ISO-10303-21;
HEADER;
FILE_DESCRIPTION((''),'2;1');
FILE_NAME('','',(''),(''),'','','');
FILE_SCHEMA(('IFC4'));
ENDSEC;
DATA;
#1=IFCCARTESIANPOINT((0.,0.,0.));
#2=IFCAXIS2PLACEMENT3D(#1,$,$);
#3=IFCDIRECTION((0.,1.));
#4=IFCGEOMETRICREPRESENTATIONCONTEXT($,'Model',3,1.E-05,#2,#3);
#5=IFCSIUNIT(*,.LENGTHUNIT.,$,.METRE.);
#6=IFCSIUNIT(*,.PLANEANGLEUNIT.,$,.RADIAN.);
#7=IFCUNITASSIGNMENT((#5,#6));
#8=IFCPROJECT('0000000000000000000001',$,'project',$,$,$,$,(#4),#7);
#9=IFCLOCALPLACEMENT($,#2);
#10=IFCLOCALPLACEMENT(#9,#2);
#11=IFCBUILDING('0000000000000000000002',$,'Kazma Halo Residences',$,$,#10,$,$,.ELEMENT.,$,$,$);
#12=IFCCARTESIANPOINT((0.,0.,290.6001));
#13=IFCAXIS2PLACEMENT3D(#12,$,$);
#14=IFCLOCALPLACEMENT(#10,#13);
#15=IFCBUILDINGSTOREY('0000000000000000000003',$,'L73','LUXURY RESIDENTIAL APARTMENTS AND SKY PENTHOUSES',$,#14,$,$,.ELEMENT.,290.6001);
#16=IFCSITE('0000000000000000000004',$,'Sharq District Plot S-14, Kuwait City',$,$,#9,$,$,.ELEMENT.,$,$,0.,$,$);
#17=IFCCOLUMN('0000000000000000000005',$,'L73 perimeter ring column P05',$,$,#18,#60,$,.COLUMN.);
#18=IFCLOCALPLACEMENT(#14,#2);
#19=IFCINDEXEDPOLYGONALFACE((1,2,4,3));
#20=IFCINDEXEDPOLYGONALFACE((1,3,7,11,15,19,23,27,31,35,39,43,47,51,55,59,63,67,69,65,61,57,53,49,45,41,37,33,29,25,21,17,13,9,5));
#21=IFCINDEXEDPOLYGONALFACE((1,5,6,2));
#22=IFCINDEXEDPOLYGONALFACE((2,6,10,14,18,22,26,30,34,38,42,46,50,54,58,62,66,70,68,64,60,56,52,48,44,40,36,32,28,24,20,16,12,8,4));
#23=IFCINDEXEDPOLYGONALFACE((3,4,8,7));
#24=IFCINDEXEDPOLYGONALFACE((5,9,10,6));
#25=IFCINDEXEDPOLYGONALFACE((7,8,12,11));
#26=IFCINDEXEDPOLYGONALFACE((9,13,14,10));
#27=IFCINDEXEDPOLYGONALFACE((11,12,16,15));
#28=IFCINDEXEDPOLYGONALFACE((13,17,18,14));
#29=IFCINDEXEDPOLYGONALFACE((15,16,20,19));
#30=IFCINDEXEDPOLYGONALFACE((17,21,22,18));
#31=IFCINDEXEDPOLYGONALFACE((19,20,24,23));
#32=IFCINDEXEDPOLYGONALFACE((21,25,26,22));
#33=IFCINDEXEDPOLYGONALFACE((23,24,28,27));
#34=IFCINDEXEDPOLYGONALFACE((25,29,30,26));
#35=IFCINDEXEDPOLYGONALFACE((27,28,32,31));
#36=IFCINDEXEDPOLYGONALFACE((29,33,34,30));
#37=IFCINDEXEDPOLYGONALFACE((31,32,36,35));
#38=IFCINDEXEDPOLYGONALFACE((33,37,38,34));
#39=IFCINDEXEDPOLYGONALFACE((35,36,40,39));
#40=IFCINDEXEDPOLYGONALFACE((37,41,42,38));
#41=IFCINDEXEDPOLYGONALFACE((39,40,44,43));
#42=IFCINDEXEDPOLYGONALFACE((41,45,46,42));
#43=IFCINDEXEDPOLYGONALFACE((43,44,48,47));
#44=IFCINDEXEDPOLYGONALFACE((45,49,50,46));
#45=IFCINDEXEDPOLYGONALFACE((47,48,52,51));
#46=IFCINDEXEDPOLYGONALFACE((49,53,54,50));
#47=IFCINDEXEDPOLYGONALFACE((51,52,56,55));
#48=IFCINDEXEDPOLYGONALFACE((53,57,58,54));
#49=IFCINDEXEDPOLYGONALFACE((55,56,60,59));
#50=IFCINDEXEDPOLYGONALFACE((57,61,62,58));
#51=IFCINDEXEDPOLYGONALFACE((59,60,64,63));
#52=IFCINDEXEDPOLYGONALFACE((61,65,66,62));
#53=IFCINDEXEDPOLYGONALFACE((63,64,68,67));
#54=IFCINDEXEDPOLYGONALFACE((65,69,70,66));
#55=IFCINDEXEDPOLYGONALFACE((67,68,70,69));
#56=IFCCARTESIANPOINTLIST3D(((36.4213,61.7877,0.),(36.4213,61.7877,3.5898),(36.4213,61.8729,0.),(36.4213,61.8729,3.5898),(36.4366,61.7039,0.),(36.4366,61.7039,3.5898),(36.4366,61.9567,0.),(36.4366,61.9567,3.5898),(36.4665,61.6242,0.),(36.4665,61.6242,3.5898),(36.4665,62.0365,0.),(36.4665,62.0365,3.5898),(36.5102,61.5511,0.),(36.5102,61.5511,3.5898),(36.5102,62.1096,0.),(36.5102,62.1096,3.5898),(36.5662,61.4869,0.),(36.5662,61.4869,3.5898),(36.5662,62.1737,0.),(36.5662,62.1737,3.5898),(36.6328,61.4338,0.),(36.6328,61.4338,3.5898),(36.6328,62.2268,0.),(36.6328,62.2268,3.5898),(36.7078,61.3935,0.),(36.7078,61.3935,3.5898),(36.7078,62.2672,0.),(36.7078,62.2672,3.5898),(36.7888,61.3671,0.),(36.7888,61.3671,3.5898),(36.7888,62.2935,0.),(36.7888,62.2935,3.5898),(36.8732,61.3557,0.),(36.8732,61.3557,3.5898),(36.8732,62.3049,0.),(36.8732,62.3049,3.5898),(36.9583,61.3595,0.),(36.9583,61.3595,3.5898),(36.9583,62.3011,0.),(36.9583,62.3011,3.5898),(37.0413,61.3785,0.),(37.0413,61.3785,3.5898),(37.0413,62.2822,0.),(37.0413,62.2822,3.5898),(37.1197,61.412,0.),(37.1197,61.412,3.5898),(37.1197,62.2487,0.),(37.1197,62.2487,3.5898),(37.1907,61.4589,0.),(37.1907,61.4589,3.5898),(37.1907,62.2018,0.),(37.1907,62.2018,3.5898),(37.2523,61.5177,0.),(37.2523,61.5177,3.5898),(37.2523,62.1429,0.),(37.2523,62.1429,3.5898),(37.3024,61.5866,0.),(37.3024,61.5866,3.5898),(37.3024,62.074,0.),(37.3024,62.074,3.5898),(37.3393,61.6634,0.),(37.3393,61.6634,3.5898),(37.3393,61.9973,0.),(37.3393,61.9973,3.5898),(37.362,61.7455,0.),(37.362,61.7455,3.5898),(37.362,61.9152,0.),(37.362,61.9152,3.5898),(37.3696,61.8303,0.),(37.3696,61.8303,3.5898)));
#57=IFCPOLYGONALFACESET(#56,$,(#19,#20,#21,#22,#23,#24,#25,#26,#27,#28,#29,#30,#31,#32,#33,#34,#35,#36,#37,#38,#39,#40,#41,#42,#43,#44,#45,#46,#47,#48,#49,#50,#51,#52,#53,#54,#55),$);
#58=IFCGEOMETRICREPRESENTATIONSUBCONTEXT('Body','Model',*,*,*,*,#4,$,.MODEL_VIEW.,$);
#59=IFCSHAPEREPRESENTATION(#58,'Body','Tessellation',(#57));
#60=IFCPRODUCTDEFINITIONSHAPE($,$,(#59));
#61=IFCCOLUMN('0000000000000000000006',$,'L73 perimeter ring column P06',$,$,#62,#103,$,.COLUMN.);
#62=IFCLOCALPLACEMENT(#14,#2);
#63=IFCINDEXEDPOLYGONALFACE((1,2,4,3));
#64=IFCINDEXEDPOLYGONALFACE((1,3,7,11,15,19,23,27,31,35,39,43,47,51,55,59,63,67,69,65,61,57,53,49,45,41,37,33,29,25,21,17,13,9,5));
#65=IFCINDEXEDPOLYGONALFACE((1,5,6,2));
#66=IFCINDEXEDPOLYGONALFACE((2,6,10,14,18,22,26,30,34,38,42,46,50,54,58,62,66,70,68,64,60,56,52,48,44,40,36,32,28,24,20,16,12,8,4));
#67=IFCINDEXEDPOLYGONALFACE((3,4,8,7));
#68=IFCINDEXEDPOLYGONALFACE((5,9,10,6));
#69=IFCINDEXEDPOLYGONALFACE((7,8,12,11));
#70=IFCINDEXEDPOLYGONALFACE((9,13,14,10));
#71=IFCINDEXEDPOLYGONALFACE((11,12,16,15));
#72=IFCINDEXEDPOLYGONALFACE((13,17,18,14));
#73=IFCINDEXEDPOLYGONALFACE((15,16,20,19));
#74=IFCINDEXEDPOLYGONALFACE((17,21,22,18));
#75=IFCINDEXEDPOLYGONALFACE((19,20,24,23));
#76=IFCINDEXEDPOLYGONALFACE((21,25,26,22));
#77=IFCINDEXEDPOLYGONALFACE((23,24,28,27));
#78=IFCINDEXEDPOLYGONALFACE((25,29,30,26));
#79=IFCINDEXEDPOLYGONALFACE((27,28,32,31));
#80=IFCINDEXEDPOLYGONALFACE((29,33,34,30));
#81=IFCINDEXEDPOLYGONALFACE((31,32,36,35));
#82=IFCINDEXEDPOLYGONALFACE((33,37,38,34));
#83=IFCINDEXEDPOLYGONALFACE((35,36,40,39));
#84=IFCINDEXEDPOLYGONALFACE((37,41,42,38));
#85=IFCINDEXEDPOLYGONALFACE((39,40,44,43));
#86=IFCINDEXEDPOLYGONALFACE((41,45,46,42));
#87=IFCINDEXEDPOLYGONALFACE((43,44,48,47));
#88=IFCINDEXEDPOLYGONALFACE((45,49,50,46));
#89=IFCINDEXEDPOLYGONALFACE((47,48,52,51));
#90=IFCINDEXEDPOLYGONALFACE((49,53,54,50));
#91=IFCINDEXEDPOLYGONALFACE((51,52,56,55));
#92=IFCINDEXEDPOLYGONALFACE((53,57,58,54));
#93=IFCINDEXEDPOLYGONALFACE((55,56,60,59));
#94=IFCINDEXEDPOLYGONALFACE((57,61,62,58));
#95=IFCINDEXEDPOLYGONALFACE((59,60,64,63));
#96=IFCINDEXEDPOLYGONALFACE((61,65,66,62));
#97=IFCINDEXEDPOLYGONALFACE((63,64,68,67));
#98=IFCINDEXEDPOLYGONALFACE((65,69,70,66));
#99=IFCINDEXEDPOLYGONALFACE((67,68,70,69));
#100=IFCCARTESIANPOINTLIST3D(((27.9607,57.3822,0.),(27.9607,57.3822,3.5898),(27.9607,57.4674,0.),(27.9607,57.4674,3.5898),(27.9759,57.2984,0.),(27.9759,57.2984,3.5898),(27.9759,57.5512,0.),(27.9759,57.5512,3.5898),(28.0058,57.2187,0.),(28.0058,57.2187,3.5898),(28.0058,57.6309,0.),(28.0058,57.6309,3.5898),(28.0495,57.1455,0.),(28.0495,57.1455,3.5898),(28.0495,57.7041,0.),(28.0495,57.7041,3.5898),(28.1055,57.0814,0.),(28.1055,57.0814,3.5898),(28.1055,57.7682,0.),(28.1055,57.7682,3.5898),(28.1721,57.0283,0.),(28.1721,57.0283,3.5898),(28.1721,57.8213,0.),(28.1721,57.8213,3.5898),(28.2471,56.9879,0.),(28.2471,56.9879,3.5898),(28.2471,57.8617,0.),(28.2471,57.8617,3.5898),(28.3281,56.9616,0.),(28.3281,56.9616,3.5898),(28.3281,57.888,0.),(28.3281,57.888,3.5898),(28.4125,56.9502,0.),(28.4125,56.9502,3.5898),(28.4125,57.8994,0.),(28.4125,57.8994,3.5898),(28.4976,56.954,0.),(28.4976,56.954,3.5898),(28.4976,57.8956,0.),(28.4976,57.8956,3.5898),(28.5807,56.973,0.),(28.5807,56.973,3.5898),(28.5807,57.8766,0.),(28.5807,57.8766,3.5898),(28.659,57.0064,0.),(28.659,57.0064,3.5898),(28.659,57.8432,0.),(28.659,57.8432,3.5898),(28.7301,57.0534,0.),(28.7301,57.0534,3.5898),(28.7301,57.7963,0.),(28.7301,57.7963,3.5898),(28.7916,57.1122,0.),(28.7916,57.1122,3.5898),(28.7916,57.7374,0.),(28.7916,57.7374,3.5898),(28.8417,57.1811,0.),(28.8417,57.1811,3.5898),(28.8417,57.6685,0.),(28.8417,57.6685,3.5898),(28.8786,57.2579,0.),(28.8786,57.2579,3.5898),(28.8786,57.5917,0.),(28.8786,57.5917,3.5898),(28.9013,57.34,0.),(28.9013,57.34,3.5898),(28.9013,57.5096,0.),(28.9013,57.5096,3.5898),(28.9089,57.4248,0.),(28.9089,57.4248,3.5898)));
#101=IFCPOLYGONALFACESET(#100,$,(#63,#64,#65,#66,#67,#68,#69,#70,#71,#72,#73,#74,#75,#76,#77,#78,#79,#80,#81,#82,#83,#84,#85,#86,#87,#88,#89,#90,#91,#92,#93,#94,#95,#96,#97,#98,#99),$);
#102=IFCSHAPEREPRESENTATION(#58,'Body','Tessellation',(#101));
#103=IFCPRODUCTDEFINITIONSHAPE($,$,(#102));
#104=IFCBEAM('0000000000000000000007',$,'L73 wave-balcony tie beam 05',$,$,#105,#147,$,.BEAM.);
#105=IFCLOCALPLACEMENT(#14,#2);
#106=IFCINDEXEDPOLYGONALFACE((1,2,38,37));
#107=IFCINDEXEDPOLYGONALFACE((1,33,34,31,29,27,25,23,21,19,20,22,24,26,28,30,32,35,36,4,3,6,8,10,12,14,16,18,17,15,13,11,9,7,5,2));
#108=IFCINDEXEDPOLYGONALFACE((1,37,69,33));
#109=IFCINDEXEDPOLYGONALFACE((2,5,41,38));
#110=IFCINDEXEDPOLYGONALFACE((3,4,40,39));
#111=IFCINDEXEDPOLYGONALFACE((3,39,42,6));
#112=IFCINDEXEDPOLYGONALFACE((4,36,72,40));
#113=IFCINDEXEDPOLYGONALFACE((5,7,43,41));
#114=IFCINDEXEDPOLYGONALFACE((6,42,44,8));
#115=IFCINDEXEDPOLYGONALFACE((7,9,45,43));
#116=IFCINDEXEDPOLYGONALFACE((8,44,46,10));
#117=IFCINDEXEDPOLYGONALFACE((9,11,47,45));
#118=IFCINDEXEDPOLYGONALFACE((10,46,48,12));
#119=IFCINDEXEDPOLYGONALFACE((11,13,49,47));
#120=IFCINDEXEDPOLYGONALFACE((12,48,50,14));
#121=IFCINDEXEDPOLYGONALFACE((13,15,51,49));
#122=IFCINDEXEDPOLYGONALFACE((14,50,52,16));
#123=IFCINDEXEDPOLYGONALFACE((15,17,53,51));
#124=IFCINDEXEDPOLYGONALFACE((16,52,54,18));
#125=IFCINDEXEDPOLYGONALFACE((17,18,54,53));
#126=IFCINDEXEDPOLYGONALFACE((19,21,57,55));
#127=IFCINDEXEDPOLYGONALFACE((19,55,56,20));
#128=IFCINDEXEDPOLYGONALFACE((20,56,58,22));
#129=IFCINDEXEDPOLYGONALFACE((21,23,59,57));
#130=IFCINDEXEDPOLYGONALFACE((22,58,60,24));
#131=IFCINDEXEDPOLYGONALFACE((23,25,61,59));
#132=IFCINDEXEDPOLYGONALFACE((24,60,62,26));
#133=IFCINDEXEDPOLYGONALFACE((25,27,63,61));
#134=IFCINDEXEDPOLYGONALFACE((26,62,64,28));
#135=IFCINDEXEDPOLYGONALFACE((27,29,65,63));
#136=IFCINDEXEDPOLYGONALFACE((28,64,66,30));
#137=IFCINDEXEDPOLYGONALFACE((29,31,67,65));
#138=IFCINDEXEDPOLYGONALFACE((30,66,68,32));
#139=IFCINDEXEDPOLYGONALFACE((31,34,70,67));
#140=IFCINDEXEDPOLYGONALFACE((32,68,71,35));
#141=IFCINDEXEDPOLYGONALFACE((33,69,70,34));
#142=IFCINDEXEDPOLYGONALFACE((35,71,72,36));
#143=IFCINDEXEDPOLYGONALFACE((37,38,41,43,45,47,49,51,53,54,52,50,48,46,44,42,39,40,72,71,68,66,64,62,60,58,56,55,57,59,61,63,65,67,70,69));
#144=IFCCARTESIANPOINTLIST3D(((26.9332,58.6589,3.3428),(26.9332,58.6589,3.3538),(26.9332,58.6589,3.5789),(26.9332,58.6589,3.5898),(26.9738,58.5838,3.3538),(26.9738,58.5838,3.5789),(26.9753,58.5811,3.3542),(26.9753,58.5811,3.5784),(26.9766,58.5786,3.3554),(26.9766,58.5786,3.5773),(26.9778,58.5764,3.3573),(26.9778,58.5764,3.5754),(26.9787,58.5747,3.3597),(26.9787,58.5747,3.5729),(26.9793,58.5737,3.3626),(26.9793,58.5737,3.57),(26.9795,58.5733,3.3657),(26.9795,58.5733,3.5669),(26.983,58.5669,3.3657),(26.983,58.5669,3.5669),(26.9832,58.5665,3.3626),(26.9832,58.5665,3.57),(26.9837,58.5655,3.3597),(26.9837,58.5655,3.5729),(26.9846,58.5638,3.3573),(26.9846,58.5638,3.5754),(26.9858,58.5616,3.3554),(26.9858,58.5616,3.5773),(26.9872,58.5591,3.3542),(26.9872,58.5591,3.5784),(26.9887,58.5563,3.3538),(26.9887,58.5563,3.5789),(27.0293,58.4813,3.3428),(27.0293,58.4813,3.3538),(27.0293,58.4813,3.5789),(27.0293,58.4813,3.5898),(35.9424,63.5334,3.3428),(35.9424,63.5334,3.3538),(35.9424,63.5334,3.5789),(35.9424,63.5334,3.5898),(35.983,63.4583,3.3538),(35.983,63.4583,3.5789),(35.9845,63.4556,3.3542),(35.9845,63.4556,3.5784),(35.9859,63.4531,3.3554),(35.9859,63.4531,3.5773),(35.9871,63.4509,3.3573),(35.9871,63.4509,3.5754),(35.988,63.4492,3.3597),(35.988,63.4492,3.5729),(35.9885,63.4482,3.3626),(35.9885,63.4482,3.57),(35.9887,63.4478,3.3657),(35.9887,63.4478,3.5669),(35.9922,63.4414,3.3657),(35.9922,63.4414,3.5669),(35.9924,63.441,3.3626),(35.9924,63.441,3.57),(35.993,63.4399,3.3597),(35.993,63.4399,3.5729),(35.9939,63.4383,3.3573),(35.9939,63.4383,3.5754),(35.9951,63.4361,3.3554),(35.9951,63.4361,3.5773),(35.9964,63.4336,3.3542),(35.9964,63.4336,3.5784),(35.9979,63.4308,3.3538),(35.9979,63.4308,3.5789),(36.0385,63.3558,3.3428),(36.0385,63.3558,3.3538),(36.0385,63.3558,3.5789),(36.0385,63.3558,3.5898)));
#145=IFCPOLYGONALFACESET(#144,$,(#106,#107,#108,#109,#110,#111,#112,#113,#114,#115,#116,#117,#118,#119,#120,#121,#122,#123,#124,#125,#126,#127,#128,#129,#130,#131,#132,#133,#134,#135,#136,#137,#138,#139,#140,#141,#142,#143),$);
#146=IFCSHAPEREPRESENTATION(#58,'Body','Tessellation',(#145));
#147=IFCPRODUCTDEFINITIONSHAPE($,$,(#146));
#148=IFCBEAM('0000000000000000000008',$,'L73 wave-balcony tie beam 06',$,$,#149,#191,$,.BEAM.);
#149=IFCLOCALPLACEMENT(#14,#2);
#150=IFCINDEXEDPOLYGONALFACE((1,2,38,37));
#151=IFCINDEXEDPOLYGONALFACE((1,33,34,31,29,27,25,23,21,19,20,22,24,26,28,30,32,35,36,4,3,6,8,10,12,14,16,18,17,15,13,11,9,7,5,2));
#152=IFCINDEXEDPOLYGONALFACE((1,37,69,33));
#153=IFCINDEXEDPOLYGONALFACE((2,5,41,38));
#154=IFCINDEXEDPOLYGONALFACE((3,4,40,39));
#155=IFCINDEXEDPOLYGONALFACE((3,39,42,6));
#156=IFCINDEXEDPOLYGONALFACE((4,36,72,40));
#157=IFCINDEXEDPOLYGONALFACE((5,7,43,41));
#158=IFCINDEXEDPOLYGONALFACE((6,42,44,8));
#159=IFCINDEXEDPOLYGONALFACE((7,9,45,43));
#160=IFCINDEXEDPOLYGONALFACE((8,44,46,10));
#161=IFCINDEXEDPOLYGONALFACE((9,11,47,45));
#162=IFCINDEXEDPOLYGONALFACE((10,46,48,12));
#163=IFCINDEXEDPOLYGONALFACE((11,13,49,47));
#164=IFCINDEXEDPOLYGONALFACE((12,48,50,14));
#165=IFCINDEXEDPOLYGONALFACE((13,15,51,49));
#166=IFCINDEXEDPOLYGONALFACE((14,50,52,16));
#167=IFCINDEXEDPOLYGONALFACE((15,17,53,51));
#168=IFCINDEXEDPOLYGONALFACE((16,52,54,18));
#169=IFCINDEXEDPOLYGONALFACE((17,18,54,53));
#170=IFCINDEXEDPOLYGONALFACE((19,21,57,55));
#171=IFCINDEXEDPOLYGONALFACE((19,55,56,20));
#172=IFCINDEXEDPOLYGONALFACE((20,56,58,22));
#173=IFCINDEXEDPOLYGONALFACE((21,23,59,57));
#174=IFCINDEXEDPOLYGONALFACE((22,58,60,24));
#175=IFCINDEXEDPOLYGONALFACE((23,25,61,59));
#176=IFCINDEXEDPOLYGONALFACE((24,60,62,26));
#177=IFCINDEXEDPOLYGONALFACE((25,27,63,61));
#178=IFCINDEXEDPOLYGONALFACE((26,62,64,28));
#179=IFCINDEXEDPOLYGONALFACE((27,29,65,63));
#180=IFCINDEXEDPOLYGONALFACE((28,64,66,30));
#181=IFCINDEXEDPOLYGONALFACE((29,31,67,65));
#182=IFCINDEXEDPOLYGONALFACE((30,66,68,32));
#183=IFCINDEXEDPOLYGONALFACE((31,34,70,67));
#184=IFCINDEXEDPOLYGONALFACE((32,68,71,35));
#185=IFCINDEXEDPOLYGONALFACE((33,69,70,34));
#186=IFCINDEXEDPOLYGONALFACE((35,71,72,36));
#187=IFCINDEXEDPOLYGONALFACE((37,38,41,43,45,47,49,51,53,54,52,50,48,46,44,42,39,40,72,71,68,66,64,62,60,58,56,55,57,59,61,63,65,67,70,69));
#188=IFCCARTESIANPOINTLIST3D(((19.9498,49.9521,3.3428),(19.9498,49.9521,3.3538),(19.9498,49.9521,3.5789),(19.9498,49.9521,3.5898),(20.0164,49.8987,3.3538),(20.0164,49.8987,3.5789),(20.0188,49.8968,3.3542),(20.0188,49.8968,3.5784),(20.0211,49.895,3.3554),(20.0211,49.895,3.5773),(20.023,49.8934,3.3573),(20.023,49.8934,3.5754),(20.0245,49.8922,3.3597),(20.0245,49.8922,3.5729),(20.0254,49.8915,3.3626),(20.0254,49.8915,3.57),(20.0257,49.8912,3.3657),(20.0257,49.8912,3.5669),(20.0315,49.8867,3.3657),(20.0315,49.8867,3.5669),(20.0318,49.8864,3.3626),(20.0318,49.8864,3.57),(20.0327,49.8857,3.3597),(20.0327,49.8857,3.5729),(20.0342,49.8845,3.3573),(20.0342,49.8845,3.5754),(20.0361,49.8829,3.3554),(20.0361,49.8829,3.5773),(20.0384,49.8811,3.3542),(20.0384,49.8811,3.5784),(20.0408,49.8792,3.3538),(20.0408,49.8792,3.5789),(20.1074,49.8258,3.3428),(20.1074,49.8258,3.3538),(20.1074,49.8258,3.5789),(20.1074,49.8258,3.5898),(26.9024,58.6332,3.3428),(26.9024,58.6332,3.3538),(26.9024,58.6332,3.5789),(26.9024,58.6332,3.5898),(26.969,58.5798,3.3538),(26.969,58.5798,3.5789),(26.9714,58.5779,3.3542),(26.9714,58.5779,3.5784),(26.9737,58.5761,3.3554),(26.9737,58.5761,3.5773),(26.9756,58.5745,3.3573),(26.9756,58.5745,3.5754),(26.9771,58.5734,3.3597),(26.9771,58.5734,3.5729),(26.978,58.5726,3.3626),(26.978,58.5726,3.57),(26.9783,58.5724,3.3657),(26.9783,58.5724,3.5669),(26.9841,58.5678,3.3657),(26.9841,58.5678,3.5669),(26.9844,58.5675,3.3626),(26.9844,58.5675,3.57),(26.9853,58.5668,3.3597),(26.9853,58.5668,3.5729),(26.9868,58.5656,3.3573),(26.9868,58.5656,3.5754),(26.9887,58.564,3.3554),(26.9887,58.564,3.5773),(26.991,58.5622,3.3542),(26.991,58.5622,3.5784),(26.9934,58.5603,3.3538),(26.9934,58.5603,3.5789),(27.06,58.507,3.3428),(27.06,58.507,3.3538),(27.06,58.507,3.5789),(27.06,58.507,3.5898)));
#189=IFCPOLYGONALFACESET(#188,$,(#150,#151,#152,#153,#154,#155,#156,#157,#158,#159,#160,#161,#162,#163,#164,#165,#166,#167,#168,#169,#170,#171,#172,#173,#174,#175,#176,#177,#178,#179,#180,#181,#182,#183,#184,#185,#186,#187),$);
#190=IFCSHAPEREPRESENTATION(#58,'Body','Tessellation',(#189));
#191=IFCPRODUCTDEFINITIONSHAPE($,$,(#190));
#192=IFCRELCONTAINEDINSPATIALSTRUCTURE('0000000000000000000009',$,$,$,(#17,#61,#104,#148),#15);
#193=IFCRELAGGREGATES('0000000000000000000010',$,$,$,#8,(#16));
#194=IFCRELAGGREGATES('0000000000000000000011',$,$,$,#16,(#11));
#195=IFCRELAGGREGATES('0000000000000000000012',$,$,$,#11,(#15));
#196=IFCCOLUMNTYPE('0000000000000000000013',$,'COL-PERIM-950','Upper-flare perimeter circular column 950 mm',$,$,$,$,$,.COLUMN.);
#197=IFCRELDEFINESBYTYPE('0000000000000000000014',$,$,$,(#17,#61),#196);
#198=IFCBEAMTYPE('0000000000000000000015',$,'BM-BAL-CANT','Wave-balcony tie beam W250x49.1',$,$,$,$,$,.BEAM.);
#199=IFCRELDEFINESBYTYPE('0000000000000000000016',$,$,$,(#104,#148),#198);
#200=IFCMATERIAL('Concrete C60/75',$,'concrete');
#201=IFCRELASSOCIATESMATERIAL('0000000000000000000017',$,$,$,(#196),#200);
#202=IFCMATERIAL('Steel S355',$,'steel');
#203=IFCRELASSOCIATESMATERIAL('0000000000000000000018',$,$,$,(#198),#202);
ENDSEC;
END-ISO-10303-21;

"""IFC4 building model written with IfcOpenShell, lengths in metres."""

from ifc_helpers import new_model, si_unit, direction, frame, origin, origin_2d, place, context, subcontext, project, spatial, circle, i_section, extrude, material, material_profile, profile_set, type_object, element, save


model = new_model("IFC4")

# Units and contexts
model_context = context("Model", 3, precision=1e-05, world=origin(), true_north=direction((0.0, 1.0)))
body_context = subcontext(model_context, "Body", "Model", "MODEL_VIEW")
ifc_project = project(units=[si_unit("LENGTHUNIT", "METRE"), si_unit("PLANEANGLEUNIT", "RADIAN")], contexts=[model_context])

# Site, building, storey
site_placement = place(None, origin())
site = spatial("IfcSite", under=ifc_project, at=site_placement, Name="Sharq District Plot S-14, Kuwait City", CompositionType="ELEMENT", RefElevation=0.0)
building_placement = place(site_placement, origin())
building = spatial("IfcBuilding", under=site, at=building_placement, Name="Kazma Halo Residences", CompositionType="ELEMENT")
storey_placement = place(building_placement, frame((0.0, 0.0, 290.6001)))
storey = spatial("IfcBuildingStorey", under=building, at=storey_placement, Name="L73", Description="LUXURY RESIDENTIAL APARTMENTS AND SKY PENTHOUSES", CompositionType="ELEMENT", Elevation=290.6001)

# Columns
ifc_material_1 = material(Name="Concrete C60/75", Category="concrete")
ifc_material_profile_1 = material_profile(ifc_material_1, circle(Radius=0.4751, at=origin_2d()), Name="CIRC950")
ifc_profile_set_1 = profile_set([ifc_material_profile_1], Name="Concrete C60/75")
column_type = type_object("IfcColumnType", Name="COL-PERIM-950", Description="Upper-flare perimeter circular column 950 mm", PredefinedType="COLUMN", material=ifc_profile_set_1)
for number, where, z_axis, x_axis, name in (
    (1, (36.8945, 61.8303, 0.0), (0.0, 0.0, 1.0), (1.0, 0.0, 0.0), "L73 perimeter ring column P05"),
    (2, (28.4338, 57.4248, 0.0), (0.0, 0.0, 1.0), (1.0, 0.0, 0.0), "L73 perimeter ring column P06"),
):
    element("IfcColumn", number, at=place(storey_placement, frame(where, z_axis=z_axis, x_axis=x_axis)), inside=storey, type_object=column_type, Name=name, PredefinedType="COLUMN", context=body_context, shape_type="SweptSolid", body=[
        extrude(circle(Radius=0.4751, at=origin_2d()), origin(), (0.0, 0.0, 1.0), 3.5898),
    ])

# Beams
ifc_material_2 = material(Name="Steel S355", Category="steel")
ifc_material_profile_2 = material_profile(ifc_material_2, i_section(OverallWidth=0.2019, OverallDepth=0.2471, WebThickness=0.0073, FlangeThickness=0.011, FilletRadius=0.012, at=origin_2d()), Name="W250x49.1")
ifc_profile_set_2 = profile_set([ifc_material_profile_2], Name="Steel S355")
beam_type_1 = type_object("IfcBeamType", Name="BM-BAL-CANT", Description="Wave-balcony tie beam W250x49.1", PredefinedType="BEAM", material=ifc_profile_set_2)
beam_1_placement = place(storey_placement, frame((35.9905, 63.4446, 3.4663), z_axis=(-0.879517, -0.475867, 0.0), x_axis=(0.475867, -0.879517, 0.0)))
element("IfcBeam", 3, at=beam_1_placement, inside=storey, type_object=beam_type_1, Name="L73 wave-balcony tie beam 05", PredefinedType="BEAM", context=body_context, shape_type="SweptSolid", body=[
    extrude(i_section(OverallWidth=0.2019, OverallDepth=0.2471, WebThickness=0.0073, FlangeThickness=0.011, FilletRadius=0.012, at=origin_2d()), origin(), (0.0, 0.0, 1.0), 10.2434),
])
beam_2_placement = place(storey_placement, frame((26.9812, 58.5701, 3.4663), z_axis=(-0.625118, -0.78053, 0.0), x_axis=(0.78053, -0.625118, 0.0)))
element("IfcBeam", 4, at=beam_2_placement, inside=storey, type_object=beam_type_1, Name="L73 wave-balcony tie beam 06", PredefinedType="BEAM", context=body_context, shape_type="SweptSolid", body=[
    extrude(i_section(OverallWidth=0.2019, OverallDepth=0.2471, WebThickness=0.0073, FlangeThickness=0.011, FilletRadius=0.012, at=origin_2d()), origin(), (0.0, 0.0, 1.0), 11.1221),
])

save(model, "model.ifc")
